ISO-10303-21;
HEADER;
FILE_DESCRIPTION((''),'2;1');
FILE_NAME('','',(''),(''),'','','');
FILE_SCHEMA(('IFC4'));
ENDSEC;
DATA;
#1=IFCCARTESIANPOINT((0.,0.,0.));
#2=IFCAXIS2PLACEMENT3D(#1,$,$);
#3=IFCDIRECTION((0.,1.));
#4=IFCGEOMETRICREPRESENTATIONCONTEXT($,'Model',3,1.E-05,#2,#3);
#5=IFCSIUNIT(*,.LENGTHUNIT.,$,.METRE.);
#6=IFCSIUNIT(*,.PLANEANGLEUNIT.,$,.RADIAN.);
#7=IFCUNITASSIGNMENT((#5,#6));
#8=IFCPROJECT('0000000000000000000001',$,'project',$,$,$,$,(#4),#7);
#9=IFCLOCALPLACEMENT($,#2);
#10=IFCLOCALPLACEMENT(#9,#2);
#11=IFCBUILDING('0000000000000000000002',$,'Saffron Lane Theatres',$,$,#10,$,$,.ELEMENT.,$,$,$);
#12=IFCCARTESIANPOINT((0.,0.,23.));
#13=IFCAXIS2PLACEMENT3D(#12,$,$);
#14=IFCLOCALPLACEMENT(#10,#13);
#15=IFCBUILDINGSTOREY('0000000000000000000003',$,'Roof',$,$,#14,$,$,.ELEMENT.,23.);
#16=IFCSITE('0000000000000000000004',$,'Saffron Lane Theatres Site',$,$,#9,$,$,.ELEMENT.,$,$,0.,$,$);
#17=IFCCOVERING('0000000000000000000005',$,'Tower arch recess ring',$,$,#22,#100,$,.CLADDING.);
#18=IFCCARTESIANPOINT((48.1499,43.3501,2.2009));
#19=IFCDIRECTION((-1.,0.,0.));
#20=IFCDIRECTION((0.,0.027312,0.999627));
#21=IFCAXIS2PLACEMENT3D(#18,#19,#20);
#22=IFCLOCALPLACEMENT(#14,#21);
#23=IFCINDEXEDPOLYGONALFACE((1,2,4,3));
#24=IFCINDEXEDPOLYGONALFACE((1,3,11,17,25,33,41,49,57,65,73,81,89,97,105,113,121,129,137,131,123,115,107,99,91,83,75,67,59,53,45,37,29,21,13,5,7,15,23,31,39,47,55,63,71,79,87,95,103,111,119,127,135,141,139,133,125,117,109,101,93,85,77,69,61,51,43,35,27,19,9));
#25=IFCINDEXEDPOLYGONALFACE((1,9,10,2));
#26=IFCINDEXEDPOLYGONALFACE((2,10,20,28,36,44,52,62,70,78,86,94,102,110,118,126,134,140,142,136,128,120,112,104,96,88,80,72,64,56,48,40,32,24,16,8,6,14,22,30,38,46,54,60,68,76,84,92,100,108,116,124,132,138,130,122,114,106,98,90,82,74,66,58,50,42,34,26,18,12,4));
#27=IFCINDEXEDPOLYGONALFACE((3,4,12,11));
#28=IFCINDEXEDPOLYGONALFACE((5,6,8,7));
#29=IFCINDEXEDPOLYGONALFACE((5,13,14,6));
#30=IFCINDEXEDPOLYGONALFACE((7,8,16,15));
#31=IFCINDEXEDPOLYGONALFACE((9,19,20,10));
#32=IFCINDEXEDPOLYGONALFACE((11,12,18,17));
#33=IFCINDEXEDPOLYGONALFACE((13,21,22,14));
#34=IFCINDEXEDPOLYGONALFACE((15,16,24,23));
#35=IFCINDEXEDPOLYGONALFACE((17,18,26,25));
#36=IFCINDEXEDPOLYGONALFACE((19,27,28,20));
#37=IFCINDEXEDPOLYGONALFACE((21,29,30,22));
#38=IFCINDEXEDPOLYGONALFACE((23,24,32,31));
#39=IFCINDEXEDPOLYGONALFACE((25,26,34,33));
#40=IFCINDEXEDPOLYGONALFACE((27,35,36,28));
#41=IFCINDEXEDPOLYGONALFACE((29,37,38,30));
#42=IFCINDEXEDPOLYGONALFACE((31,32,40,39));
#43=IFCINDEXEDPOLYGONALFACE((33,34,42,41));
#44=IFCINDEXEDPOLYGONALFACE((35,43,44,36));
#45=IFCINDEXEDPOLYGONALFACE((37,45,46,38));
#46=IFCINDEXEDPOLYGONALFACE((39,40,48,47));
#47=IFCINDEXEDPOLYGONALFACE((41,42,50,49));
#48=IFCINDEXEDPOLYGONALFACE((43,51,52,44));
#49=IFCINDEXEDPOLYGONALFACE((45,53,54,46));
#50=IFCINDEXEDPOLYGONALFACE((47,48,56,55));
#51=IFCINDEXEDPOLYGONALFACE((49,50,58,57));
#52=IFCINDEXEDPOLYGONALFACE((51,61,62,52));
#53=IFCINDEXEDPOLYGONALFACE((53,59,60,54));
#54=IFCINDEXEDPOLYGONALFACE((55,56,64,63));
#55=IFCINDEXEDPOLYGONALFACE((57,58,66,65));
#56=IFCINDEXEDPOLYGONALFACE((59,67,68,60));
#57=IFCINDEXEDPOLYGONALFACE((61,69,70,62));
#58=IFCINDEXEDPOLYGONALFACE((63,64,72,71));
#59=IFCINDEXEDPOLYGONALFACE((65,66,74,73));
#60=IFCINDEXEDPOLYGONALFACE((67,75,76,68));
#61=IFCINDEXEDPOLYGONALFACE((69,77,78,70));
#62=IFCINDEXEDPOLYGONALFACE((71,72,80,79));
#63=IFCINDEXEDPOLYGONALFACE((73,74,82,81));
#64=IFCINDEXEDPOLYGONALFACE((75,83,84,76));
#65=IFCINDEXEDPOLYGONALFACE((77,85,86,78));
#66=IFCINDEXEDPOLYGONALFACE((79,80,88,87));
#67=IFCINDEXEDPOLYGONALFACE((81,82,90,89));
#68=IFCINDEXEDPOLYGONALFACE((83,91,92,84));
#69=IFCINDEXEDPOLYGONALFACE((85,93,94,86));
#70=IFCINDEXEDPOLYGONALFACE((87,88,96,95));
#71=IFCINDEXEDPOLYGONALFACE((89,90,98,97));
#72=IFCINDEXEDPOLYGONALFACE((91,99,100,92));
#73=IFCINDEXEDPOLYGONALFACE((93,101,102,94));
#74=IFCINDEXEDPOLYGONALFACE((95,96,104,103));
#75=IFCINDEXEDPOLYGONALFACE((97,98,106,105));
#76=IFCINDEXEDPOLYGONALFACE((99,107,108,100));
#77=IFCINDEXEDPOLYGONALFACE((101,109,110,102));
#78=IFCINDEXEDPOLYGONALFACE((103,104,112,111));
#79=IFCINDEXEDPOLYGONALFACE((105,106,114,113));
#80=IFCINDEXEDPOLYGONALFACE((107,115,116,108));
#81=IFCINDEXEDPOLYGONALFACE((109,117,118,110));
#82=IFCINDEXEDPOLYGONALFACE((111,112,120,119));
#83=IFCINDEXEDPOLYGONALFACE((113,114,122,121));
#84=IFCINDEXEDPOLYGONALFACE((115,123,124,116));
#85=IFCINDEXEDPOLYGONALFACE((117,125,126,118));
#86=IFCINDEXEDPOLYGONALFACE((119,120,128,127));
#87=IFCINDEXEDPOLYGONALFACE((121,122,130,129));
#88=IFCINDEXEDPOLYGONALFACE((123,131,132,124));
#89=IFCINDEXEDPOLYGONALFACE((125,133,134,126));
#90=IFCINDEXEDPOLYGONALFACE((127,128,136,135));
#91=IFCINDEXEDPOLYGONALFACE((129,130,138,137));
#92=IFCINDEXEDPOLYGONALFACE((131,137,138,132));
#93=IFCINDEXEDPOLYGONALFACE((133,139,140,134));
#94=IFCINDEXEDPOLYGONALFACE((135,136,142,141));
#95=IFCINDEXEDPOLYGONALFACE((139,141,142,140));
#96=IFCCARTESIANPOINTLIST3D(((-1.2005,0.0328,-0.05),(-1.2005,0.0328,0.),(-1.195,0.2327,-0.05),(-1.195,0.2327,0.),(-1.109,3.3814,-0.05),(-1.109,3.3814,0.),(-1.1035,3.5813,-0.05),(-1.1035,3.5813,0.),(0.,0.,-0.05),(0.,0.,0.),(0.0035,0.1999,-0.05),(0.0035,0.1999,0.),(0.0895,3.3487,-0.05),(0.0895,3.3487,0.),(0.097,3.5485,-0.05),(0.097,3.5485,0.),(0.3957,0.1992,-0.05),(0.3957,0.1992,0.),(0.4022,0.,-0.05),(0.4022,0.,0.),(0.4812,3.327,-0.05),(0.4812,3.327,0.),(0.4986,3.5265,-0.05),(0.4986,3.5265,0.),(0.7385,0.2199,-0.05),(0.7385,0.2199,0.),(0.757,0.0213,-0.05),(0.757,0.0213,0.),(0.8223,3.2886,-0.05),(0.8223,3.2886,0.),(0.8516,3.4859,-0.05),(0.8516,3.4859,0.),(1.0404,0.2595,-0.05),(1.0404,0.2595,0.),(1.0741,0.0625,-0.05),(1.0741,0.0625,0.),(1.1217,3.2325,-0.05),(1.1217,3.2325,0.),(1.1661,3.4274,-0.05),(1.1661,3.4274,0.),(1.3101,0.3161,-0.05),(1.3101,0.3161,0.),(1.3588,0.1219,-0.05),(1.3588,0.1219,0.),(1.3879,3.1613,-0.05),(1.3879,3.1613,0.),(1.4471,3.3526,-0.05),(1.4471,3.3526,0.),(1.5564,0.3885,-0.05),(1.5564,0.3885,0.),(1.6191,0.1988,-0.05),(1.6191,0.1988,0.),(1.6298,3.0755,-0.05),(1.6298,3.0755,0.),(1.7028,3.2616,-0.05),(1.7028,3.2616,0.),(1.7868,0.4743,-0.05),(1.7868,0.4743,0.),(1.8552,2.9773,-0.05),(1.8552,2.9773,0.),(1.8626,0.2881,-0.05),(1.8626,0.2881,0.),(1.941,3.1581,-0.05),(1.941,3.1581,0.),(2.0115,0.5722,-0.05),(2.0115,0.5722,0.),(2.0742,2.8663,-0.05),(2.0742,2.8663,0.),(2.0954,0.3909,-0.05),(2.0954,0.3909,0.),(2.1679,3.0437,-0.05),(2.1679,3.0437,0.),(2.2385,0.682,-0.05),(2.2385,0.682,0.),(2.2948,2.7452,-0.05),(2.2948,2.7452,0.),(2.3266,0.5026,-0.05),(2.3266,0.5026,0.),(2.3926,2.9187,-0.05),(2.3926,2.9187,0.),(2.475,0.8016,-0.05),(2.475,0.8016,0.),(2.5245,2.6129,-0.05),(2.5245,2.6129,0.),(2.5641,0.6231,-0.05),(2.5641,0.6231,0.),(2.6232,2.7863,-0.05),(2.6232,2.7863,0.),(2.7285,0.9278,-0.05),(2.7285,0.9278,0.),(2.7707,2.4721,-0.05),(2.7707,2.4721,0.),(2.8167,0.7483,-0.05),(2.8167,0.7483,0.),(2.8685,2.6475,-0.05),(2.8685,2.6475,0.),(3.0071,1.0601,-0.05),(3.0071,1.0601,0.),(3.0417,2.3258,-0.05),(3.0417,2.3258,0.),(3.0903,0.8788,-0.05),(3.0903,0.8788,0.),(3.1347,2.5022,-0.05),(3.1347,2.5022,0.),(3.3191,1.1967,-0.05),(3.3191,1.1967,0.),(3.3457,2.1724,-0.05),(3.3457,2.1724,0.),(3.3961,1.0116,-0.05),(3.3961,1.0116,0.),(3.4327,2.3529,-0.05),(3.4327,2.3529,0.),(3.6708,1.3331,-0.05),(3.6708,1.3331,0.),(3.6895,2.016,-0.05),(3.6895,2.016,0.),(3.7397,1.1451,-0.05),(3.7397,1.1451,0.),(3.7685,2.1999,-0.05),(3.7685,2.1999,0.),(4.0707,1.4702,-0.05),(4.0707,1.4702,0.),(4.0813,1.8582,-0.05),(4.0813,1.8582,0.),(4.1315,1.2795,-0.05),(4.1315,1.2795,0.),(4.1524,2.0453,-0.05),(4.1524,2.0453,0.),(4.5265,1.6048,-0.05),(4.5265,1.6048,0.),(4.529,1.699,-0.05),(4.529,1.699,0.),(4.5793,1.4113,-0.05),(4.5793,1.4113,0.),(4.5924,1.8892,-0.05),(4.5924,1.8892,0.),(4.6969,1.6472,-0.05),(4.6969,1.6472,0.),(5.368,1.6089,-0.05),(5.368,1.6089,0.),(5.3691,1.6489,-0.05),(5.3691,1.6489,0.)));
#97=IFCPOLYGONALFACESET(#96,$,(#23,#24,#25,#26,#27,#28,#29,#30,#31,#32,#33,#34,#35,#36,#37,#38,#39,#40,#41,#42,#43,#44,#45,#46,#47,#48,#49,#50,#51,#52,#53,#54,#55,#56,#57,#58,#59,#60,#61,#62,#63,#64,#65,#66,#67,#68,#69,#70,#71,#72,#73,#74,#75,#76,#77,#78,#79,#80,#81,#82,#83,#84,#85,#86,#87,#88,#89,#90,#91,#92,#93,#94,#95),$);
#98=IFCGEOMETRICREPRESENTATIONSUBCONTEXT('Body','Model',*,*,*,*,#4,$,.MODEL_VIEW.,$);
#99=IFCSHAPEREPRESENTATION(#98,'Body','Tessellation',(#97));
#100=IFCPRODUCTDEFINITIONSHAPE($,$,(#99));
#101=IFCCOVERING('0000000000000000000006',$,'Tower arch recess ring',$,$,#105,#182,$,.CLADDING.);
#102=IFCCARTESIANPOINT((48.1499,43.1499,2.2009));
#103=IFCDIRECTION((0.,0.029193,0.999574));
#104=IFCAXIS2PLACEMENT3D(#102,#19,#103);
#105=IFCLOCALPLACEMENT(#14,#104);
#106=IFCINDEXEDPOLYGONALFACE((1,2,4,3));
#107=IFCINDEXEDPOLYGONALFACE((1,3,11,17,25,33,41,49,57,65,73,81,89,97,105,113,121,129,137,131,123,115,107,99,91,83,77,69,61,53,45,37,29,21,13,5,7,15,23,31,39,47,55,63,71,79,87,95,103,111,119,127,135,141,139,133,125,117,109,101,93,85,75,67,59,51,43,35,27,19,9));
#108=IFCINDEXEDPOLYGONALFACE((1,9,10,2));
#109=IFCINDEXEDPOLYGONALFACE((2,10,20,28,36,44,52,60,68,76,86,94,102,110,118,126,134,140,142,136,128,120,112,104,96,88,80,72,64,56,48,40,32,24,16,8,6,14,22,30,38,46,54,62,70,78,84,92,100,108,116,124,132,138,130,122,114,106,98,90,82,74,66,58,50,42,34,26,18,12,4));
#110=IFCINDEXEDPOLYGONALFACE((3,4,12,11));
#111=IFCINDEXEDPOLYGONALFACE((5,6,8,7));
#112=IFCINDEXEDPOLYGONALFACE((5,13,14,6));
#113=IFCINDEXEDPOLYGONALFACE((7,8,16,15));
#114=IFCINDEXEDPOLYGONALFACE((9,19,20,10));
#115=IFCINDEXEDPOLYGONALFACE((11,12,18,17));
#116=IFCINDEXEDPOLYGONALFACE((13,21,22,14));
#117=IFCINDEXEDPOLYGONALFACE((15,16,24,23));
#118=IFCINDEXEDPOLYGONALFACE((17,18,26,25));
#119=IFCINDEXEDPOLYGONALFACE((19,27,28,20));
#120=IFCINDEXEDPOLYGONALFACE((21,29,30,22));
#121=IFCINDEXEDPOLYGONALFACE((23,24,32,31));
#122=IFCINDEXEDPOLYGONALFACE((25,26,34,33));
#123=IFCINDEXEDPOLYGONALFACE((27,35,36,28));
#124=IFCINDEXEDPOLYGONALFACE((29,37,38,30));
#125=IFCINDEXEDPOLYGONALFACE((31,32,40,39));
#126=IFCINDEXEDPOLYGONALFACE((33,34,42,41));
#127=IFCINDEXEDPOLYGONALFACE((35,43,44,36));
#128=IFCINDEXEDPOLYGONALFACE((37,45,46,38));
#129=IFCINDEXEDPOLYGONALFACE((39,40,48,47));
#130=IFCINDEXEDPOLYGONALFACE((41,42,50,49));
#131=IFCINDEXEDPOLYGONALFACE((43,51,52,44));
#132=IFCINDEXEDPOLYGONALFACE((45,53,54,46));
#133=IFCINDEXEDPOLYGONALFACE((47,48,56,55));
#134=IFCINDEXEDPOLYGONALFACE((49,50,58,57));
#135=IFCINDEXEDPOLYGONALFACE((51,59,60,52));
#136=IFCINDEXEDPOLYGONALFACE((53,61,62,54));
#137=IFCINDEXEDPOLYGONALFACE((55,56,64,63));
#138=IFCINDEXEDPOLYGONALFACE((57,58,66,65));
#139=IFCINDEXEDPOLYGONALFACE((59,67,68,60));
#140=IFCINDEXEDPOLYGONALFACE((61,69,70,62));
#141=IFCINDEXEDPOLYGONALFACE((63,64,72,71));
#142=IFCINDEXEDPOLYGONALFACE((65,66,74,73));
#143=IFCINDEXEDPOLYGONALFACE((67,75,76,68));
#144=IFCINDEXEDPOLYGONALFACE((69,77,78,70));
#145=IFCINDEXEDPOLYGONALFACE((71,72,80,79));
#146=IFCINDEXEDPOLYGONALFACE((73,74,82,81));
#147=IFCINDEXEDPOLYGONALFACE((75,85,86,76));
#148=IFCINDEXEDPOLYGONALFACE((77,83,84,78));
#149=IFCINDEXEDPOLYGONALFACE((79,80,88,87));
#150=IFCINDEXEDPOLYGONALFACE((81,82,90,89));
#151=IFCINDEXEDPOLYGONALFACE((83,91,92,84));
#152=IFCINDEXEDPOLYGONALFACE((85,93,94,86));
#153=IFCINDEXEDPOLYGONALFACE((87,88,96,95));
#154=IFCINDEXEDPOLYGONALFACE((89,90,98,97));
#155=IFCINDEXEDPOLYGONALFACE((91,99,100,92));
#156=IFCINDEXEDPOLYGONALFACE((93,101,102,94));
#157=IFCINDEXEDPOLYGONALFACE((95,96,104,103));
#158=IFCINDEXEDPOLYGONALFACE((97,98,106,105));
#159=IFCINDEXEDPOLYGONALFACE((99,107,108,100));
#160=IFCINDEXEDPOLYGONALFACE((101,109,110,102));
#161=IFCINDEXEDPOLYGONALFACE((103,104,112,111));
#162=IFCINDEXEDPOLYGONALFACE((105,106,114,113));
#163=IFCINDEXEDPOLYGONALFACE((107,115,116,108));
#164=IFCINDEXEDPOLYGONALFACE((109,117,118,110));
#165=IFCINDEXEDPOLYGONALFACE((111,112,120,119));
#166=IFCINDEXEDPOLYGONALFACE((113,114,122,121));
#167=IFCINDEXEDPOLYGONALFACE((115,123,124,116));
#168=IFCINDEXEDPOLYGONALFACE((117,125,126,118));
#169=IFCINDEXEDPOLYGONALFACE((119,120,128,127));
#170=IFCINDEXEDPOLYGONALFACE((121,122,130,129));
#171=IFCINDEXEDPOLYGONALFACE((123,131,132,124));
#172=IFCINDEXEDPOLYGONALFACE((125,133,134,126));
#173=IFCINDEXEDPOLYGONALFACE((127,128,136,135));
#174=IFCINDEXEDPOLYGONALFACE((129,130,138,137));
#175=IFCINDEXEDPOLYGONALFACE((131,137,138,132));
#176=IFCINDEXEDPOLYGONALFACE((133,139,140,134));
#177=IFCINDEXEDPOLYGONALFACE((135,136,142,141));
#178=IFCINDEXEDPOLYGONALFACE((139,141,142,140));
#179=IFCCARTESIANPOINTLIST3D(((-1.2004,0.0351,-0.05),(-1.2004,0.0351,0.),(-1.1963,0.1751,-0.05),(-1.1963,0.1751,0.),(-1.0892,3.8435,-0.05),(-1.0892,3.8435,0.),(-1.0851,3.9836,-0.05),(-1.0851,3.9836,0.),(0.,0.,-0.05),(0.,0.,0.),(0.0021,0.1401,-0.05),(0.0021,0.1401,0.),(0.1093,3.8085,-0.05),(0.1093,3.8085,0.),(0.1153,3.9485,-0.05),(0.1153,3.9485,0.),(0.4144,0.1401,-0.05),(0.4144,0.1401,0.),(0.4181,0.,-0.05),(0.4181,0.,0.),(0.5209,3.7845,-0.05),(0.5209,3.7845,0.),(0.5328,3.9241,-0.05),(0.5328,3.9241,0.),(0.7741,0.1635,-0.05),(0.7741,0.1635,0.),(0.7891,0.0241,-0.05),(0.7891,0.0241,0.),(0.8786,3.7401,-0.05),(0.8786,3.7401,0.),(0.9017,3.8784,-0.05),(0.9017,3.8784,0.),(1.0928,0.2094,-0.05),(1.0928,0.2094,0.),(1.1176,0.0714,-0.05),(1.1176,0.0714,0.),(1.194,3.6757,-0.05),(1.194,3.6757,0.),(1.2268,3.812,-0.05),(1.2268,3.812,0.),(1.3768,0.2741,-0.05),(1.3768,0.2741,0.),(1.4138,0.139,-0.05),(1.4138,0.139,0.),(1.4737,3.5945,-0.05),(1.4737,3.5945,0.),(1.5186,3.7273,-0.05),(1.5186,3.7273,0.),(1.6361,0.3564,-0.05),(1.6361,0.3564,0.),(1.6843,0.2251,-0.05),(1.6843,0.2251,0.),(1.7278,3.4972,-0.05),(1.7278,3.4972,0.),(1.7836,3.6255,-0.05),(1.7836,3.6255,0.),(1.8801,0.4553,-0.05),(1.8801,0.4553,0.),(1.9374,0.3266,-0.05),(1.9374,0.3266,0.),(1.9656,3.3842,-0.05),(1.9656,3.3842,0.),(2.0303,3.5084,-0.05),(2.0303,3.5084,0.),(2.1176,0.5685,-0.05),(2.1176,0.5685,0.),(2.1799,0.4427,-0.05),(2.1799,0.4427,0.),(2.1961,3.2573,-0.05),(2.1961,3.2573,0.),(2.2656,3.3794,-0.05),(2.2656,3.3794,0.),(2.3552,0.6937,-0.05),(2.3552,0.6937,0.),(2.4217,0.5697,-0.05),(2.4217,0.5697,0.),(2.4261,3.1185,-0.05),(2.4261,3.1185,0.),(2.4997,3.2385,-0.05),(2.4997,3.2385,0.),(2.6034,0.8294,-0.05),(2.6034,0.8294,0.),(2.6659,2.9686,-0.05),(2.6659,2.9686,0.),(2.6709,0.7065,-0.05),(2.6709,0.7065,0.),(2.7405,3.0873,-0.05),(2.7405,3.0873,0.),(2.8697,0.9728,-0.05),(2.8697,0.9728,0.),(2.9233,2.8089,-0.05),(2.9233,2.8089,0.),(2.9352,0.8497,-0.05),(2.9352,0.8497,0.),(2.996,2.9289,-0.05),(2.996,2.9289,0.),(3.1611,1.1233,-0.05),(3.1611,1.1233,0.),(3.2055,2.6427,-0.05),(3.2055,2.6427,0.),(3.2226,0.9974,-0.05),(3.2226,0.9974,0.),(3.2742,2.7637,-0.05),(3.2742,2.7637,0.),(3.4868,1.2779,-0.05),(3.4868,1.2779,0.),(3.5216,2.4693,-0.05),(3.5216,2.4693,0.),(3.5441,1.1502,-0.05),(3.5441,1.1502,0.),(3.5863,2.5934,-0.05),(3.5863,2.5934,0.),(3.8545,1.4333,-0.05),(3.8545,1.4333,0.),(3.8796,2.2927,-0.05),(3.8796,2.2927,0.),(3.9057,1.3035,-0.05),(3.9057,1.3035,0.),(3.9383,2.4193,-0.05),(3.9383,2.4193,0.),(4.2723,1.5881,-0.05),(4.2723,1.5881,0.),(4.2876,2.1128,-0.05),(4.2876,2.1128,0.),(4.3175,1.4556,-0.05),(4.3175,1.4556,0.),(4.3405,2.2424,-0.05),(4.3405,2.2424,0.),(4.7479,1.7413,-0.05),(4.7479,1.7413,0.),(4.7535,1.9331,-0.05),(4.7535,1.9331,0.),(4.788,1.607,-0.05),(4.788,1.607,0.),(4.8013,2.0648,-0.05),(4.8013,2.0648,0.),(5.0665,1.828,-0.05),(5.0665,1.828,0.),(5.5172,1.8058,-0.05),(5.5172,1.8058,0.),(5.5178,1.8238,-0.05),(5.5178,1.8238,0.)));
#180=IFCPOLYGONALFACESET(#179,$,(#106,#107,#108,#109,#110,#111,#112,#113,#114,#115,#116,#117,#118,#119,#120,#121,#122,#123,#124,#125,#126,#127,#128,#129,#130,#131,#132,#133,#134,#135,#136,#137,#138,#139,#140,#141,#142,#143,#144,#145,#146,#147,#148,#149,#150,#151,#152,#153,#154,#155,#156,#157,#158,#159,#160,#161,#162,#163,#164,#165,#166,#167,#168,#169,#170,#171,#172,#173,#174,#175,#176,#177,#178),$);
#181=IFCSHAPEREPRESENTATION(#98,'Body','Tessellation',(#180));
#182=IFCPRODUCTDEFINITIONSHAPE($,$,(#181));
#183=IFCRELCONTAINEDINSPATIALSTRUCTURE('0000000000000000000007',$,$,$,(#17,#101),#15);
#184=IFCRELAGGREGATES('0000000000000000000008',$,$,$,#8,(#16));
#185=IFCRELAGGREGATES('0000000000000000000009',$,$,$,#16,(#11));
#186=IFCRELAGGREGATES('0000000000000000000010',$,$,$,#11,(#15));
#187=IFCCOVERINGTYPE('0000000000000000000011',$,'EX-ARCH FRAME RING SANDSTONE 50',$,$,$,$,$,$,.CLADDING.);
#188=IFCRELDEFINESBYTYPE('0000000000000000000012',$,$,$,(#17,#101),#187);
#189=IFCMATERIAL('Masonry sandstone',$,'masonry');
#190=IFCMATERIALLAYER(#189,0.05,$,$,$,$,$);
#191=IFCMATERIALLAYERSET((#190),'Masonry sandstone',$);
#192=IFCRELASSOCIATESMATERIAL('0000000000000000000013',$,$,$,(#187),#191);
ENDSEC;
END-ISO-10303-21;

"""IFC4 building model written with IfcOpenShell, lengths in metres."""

from ifc_helpers import new_model, si_unit, direction, frame, origin, place, context, subcontext, project, spatial, polyline, outline, extrude, material, layer, layer_set, type_object, element, save


model = new_model("IFC4")

# Units and contexts
model_context = context("Model", 3, precision=1e-05, world=origin(), true_north=direction((0.0, 1.0)))
body_context = subcontext(model_context, "Body", "Model", "MODEL_VIEW")
ifc_project = project(units=[si_unit("LENGTHUNIT", "METRE"), si_unit("PLANEANGLEUNIT", "RADIAN")], contexts=[model_context])

# Site, building, storey
site_placement = place(None, origin())
site = spatial("IfcSite", under=ifc_project, at=site_placement, Name="Saffron Lane Theatres Site", CompositionType="ELEMENT", RefElevation=0.0)
building_placement = place(site_placement, origin())
building = spatial("IfcBuilding", under=site, at=building_placement, Name="Saffron Lane Theatres", CompositionType="ELEMENT")
storey_placement = place(building_placement, frame((0.0, 0.0, 23.0)))
storey = spatial("IfcBuildingStorey", under=building, at=storey_placement, Name="Roof", CompositionType="ELEMENT", Elevation=23.0)

# Coverings
ifc_material_1 = material(Name="Masonry sandstone", Category="masonry")
ifc_layer_1 = layer(ifc_material_1, 0.05)
ifc_layer_set_1 = layer_set([ifc_layer_1], Name="Masonry sandstone")
covering_type_1 = type_object("IfcCoveringType", Name="EX-ARCH FRAME RING SANDSTONE 50", PredefinedType="CLADDING", material=ifc_layer_set_1)
covering_1_placement = place(storey_placement, frame((48.1499, 43.3501, 2.2009), z_axis=(-1.0, 0.0, 0.0), x_axis=(0.0, 0.027312, 0.999627)))
element("IfcCovering", 1, at=covering_1_placement, inside=storey, type_object=covering_type_1, Name="Tower arch recess ring", PredefinedType="CLADDING", context=body_context, shape_type="SweptSolid", body=[
    extrude(outline(polyline([(0.0, 0.0), (0.4022, 0.0), (0.757, 0.0213), (1.0741, 0.0625), (1.3588, 0.1219), (1.6191, 0.1988), (1.8626, 0.2881), (2.0954, 0.3909), (2.3266, 0.5026), (2.5641, 0.6231), (2.8167, 0.7483), (3.0903, 0.8788), (3.3961, 1.0116), (3.7397, 1.1451), (4.1315, 1.2795), (4.5793, 1.4113), (5.368, 1.6089), (5.3691, 1.6489), (4.5924, 1.8892), (4.1524, 2.0453), (3.7685, 2.1999), (3.4327, 2.3529), (3.1347, 2.5022), (2.8685, 2.6475), (2.6232, 2.7863), (2.3926, 2.9187), (2.1679, 3.0437), (1.941, 3.1581), (1.7028, 3.2616), (1.4471, 3.3526), (1.1661, 3.4274), (0.8516, 3.4859), (0.4986, 3.5265), (0.097, 3.5485), (-1.1035, 3.5813), (-1.109, 3.3814), (0.0895, 3.3487), (0.4812, 3.327), (0.8223, 3.2886), (1.1217, 3.2325), (1.3879, 3.1613), (1.6298, 3.0755), (1.8552, 2.9773), (2.0742, 2.8663), (2.2948, 2.7452), (2.5245, 2.6129), (2.7707, 2.4721), (3.0417, 2.3258), (3.3457, 2.1724), (3.6895, 2.016), (4.0813, 1.8582), (4.529, 1.699), (4.6969, 1.6472), (4.5265, 1.6048), (4.0707, 1.4702), (3.6708, 1.3331), (3.3191, 1.1967), (3.0071, 1.0601), (2.7285, 0.9278), (2.475, 0.8016), (2.2385, 0.682), (2.0115, 0.5722), (1.7868, 0.4743), (1.5564, 0.3885), (1.3101, 0.3161), (1.0404, 0.2595), (0.7385, 0.2199), (0.3957, 0.1992), (0.0035, 0.1999), (-1.195, 0.2327), (-1.2005, 0.0328), (0.0, 0.0)])), origin(), (0.0, 0.0, -1.0), 0.05),
])
covering_2_placement = place(storey_placement, frame((48.1499, 43.1499, 2.2009), z_axis=(-1.0, 0.0, 0.0), x_axis=(0.0, 0.029193, 0.999574)))
element("IfcCovering", 2, at=covering_2_placement, inside=storey, type_object=covering_type_1, Name="Tower arch recess ring", PredefinedType="CLADDING", context=body_context, shape_type="SweptSolid", body=[
    extrude(outline(polyline([(0.0, 0.0), (0.4181, 0.0), (0.7891, 0.0241), (1.1176, 0.0714), (1.4138, 0.139), (1.6843, 0.2251), (1.9374, 0.3266), (2.1799, 0.4427), (2.4217, 0.5697), (2.6709, 0.7065), (2.9352, 0.8497), (3.2226, 0.9974), (3.5441, 1.1502), (3.9057, 1.3035), (4.3175, 1.4556), (4.788, 1.607), (5.5172, 1.8058), (5.5178, 1.8238), (4.8013, 2.0648), (4.3405, 2.2424), (3.9383, 2.4193), (3.5863, 2.5934), (3.2742, 2.7637), (2.996, 2.9289), (2.7405, 3.0873), (2.4997, 3.2385), (2.2656, 3.3794), (2.0303, 3.5084), (1.7836, 3.6255), (1.5186, 3.7273), (1.2268, 3.812), (0.9017, 3.8784), (0.5328, 3.9241), (0.1153, 3.9485), (-1.0851, 3.9836), (-1.0892, 3.8435), (0.1093, 3.8085), (0.5209, 3.7845), (0.8786, 3.7401), (1.194, 3.6757), (1.4737, 3.5945), (1.7278, 3.4972), (1.9656, 3.3842), (2.1961, 3.2573), (2.4261, 3.1185), (2.6659, 2.9686), (2.9233, 2.8089), (3.2055, 2.6427), (3.5216, 2.4693), (3.8796, 2.2927), (4.2876, 2.1128), (4.7535, 1.9331), (5.0665, 1.828), (4.7479, 1.7413), (4.2723, 1.5881), (3.8545, 1.4333), (3.4868, 1.2779), (3.1611, 1.1233), (2.8697, 0.9728), (2.6034, 0.8294), (2.3552, 0.6937), (2.1176, 0.5685), (1.8801, 0.4553), (1.6361, 0.3564), (1.3768, 0.2741), (1.0928, 0.2094), (0.7741, 0.1635), (0.4144, 0.1401), (0.0021, 0.1401), (-1.1963, 0.1751), (-1.2004, 0.0351), (0.0, 0.0)])), origin(), (0.0, 0.0, -1.0), 0.05),
])

save(model, "model.ifc")
